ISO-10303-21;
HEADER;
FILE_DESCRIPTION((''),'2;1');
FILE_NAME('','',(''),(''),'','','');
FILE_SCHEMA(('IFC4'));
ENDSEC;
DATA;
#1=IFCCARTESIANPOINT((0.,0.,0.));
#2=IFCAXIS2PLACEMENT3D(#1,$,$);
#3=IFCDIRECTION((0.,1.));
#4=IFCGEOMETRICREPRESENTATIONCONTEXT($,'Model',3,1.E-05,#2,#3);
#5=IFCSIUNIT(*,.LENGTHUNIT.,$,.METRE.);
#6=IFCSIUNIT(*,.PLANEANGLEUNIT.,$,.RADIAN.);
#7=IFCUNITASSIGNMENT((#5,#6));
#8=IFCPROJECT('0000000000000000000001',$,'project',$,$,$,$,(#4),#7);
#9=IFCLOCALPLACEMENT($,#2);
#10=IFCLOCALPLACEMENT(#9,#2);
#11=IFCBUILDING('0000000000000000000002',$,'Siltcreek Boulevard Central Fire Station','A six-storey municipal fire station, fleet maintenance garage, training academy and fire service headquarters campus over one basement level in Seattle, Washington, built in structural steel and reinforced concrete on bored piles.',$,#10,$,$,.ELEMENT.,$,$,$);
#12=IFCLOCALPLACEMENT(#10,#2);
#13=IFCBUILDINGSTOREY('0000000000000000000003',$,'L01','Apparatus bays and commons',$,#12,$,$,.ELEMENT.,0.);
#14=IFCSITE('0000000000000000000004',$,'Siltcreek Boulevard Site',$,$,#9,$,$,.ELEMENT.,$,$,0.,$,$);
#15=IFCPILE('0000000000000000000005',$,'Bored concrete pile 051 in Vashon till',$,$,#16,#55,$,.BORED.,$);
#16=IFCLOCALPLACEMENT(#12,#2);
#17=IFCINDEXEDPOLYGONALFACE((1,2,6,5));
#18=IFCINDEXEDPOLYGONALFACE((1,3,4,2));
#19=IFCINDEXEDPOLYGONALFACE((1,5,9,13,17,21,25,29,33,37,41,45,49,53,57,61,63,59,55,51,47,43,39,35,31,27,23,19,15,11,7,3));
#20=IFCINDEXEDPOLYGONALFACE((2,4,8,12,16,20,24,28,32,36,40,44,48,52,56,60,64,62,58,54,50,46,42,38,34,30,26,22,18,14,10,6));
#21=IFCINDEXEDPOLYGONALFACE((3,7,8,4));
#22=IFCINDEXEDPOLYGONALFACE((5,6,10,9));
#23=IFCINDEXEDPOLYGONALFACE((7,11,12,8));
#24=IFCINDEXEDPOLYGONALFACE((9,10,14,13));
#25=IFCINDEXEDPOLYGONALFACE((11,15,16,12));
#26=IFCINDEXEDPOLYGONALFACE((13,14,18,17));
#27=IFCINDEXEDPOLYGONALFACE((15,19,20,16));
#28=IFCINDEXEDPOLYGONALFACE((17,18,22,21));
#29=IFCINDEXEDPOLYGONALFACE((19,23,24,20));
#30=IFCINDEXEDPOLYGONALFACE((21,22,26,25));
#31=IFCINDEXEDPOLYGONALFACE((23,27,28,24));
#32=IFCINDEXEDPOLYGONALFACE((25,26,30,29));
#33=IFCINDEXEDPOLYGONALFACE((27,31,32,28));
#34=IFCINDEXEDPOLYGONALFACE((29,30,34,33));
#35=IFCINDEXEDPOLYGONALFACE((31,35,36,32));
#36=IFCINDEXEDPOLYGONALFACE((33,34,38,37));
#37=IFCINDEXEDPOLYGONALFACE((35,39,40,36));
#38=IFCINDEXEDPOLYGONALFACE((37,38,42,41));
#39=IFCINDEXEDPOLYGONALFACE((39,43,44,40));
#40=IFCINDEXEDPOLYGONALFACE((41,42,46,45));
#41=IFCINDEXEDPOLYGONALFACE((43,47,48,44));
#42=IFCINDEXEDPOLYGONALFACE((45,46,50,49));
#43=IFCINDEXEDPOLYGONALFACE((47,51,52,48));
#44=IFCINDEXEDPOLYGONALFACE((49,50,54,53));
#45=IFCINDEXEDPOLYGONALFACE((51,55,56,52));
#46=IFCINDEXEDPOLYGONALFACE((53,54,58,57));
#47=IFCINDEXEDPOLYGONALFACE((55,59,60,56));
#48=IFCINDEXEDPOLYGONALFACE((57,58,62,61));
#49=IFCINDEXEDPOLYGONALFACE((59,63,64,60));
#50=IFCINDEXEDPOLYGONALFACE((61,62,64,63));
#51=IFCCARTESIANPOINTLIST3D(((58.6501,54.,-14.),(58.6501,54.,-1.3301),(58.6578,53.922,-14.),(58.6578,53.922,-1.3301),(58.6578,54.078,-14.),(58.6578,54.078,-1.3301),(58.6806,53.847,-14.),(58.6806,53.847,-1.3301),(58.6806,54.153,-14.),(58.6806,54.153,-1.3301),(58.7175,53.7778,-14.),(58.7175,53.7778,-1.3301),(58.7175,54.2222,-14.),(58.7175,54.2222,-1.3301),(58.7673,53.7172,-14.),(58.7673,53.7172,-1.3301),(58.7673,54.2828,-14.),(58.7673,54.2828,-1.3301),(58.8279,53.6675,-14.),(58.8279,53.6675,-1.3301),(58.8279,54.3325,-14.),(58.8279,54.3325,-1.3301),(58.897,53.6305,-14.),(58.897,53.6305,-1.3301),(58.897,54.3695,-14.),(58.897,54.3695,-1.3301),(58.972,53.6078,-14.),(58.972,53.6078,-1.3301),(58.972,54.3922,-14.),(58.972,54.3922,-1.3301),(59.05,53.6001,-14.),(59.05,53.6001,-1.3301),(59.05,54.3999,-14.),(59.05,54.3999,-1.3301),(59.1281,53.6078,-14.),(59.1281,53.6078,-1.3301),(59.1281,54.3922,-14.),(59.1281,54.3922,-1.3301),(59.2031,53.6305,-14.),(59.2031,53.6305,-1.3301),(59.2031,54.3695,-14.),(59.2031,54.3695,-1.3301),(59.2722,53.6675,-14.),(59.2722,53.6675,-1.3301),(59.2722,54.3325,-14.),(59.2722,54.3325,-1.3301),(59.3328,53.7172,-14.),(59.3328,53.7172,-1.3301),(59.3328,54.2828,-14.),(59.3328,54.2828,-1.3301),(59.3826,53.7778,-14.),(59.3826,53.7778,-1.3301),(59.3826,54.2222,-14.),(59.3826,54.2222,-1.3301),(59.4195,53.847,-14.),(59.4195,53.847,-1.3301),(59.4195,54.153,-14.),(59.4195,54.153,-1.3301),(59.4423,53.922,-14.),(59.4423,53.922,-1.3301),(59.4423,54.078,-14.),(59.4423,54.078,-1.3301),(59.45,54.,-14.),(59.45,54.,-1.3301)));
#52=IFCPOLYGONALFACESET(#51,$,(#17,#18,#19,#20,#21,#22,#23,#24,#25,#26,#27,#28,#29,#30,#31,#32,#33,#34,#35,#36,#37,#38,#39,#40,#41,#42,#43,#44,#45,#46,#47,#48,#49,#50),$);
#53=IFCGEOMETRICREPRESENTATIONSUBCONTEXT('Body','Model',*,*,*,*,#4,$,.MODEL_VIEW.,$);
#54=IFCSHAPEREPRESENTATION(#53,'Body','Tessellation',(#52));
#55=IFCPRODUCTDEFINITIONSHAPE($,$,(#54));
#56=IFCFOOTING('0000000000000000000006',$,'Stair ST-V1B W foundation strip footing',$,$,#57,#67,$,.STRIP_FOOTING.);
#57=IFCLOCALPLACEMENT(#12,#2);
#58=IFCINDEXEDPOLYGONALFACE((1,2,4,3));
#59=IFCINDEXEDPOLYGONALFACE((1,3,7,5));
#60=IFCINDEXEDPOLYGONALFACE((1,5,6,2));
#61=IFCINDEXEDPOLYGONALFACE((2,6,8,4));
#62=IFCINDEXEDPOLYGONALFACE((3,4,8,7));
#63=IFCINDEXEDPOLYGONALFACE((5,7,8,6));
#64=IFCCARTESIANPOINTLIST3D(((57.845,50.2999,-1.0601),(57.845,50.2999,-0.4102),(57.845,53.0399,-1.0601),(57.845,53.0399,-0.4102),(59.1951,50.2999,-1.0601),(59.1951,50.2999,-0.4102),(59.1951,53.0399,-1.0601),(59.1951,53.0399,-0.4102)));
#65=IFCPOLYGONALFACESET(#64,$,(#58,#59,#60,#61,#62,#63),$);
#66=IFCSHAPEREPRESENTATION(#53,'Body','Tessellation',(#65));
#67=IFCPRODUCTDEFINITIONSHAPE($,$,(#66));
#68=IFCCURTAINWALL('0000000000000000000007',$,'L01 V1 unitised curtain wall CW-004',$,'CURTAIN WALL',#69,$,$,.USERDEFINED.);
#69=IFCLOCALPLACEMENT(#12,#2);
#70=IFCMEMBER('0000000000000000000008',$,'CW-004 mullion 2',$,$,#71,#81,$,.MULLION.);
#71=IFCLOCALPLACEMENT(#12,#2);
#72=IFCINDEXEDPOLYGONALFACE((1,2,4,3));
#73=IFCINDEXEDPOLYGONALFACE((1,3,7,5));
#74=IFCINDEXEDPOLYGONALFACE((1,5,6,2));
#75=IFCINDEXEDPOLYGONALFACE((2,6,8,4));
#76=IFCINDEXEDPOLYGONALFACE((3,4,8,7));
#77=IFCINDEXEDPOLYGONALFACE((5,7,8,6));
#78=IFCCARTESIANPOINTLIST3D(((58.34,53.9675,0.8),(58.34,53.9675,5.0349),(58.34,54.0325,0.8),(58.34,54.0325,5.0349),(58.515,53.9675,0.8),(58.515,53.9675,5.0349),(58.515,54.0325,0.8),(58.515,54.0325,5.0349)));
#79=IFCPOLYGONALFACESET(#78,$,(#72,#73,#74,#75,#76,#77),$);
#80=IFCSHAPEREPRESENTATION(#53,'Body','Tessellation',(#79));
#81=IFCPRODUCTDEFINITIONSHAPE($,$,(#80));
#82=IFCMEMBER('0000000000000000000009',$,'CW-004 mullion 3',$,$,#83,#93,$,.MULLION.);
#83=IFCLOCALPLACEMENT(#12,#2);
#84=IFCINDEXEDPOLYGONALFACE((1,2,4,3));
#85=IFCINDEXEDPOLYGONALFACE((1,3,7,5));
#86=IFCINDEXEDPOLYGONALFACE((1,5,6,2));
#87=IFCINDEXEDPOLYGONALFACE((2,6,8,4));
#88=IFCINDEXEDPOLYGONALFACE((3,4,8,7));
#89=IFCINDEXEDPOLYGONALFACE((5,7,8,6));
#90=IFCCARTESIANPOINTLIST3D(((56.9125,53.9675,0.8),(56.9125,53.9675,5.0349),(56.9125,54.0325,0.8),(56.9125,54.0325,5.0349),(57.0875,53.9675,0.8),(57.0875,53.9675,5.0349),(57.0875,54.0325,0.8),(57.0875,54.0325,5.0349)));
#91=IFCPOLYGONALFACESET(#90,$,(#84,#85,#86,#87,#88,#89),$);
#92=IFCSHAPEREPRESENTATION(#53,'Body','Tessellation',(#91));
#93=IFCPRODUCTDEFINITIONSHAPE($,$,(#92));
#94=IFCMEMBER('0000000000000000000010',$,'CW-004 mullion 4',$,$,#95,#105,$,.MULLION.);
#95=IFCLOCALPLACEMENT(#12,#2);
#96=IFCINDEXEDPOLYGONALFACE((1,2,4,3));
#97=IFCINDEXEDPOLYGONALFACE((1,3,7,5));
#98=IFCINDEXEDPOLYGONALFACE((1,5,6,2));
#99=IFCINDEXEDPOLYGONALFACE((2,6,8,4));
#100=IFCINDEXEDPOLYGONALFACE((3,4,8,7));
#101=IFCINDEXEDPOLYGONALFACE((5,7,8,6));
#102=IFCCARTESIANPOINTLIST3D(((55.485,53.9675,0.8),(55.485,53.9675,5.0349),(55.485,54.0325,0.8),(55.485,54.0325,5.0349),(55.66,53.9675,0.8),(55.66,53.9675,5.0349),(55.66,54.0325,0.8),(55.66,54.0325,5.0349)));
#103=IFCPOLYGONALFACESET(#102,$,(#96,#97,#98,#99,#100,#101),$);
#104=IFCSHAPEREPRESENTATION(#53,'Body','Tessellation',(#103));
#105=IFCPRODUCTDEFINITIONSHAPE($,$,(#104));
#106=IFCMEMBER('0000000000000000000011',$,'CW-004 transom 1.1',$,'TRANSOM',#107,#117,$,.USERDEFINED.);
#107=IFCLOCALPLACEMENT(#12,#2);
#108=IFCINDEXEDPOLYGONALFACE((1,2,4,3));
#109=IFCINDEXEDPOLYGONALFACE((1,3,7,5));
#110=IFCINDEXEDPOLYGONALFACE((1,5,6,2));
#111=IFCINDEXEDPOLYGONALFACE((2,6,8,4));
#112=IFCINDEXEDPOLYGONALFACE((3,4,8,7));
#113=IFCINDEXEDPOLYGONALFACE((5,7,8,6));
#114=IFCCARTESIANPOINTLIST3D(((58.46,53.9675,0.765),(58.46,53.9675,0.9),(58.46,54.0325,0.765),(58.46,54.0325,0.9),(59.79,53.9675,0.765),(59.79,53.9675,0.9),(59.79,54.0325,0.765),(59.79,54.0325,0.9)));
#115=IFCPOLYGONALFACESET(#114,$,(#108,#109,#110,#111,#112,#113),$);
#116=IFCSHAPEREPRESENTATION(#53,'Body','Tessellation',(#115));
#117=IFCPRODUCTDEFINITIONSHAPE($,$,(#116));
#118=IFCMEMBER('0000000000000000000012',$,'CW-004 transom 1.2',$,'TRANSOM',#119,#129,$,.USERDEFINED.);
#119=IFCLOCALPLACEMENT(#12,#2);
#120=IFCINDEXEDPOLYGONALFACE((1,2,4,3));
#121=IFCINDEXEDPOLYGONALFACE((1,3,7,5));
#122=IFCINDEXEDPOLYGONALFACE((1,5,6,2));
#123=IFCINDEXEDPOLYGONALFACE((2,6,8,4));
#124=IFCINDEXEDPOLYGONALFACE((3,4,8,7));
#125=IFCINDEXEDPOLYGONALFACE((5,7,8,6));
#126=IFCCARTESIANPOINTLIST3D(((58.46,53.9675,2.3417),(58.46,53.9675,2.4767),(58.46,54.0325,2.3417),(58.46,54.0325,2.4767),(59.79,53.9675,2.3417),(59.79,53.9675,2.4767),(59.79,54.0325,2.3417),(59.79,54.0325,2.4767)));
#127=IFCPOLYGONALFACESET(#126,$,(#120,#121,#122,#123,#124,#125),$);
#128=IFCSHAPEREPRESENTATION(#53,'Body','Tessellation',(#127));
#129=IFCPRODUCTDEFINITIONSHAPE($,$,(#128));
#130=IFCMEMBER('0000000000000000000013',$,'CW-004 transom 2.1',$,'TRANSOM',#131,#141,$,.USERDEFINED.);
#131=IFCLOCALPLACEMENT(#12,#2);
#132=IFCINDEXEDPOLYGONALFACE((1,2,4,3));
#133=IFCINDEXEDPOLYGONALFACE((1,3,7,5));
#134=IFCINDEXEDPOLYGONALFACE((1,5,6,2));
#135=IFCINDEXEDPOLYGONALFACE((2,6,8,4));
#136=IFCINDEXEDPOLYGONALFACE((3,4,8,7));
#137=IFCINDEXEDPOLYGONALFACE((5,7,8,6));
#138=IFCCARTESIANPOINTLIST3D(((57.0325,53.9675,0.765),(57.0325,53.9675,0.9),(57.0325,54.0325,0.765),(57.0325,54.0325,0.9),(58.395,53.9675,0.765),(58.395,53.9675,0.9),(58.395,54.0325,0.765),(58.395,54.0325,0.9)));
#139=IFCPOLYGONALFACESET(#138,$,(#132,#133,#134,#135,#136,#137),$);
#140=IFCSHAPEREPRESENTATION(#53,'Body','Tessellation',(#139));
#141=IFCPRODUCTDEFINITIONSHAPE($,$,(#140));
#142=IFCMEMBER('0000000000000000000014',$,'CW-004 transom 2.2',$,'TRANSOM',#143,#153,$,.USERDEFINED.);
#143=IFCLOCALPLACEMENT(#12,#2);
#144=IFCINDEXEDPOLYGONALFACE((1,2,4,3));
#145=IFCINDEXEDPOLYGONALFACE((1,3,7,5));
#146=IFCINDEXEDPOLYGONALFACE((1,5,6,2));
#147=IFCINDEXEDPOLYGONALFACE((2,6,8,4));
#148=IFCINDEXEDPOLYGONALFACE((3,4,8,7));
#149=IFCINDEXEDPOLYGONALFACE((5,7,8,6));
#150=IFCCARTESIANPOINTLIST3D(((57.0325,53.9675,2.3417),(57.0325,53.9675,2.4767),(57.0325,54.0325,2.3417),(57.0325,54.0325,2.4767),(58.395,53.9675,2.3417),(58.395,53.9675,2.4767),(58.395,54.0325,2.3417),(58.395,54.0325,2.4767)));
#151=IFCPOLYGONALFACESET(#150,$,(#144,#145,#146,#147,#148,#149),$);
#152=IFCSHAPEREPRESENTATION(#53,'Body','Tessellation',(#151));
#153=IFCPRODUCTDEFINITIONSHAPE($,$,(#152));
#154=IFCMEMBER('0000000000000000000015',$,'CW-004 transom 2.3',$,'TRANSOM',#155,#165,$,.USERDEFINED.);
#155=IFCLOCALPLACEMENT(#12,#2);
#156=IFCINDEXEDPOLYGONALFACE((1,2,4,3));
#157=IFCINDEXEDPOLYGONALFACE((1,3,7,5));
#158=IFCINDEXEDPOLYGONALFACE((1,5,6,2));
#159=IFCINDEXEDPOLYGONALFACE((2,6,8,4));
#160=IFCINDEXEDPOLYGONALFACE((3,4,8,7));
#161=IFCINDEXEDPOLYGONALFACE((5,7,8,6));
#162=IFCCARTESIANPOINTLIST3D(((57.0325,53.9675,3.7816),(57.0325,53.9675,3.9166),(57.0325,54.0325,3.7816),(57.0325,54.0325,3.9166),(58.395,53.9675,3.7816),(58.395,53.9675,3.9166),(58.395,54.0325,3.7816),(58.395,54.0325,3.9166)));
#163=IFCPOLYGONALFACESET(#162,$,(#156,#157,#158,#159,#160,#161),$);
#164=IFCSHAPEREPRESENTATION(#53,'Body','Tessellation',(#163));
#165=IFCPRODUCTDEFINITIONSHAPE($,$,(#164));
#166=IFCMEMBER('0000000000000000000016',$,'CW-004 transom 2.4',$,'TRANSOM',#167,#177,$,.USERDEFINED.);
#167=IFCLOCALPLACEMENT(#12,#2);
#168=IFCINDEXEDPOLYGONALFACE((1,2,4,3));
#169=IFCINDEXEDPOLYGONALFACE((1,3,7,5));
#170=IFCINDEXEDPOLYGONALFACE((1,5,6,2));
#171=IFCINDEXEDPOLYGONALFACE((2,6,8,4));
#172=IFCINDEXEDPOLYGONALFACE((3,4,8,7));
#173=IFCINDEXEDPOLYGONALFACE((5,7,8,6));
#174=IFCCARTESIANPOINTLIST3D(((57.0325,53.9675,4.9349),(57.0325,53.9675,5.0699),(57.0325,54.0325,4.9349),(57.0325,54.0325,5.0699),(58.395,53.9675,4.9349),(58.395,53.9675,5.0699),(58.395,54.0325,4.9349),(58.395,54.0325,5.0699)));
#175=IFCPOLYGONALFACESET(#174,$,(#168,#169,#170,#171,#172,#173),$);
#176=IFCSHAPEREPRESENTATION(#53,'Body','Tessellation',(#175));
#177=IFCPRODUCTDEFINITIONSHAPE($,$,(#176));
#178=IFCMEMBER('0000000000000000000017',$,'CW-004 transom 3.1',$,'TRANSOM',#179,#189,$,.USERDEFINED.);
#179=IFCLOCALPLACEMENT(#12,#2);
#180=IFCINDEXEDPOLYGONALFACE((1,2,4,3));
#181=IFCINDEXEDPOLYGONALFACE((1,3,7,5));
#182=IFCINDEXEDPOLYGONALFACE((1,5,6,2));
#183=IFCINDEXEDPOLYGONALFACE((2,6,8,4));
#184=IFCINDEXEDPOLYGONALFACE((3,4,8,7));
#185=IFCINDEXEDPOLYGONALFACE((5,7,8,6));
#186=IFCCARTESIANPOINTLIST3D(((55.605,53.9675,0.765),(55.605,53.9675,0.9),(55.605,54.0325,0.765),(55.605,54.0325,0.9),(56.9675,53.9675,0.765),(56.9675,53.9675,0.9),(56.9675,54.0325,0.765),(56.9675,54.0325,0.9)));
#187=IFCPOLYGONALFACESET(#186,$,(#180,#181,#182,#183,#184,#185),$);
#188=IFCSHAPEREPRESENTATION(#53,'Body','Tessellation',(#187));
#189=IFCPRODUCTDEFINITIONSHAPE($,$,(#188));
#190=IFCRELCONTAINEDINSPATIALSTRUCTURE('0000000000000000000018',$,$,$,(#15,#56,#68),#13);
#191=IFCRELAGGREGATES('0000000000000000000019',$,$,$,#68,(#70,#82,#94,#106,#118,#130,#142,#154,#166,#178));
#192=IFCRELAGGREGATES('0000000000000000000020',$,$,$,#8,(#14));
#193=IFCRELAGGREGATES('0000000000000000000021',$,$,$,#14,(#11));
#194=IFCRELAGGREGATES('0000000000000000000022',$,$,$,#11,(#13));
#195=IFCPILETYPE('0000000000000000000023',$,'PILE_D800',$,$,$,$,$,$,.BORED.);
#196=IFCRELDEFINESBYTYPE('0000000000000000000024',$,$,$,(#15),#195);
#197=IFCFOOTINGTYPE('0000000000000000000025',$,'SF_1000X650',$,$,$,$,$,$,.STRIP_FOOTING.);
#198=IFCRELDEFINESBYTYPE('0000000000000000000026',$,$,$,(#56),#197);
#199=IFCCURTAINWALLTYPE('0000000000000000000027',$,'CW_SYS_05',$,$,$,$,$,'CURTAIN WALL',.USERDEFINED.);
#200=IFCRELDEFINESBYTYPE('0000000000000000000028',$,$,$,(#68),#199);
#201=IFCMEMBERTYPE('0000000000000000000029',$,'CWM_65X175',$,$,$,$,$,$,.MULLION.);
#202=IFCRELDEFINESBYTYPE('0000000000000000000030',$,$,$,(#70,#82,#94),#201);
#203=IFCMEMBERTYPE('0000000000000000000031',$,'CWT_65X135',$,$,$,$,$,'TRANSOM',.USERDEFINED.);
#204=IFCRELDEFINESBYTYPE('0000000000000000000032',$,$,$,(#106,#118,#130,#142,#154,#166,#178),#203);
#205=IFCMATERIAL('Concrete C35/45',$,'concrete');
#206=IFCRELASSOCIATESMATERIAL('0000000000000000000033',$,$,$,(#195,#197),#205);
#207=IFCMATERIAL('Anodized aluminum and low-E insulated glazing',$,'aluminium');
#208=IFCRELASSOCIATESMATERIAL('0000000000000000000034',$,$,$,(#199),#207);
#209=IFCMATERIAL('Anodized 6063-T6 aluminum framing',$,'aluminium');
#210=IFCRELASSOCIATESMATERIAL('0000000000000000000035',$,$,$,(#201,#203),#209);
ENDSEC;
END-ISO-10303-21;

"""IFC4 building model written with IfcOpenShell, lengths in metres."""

from ifc_helpers import new_model, si_unit, direction, frame, origin, origin_2d, place, context, subcontext, project, spatial, rectangle, circle, extrude, material, material_profile, profile_set, type_object, element, aggregate, save


model = new_model("IFC4")

# Units and contexts
model_context = context("Model", 3, precision=1e-05, world=origin(), true_north=direction((0.0, 1.0)))
body_context = subcontext(model_context, "Body", "Model", "MODEL_VIEW")
ifc_project = project(units=[si_unit("LENGTHUNIT", "METRE"), si_unit("PLANEANGLEUNIT", "RADIAN")], contexts=[model_context])

# Site, building, storey
site_placement = place(None, origin())
site = spatial("IfcSite", under=ifc_project, at=site_placement, Name="Siltcreek Boulevard Site", CompositionType="ELEMENT", RefElevation=0.0)
building_placement = place(site_placement, origin())
building = spatial("IfcBuilding", under=site, at=building_placement, Name="Siltcreek Boulevard Central Fire Station", Description="A six-storey municipal fire station, fleet maintenance garage, training academy and fire service headquarters campus over one basement level in Seattle, Washington, built in structural steel and reinforced concrete on bored piles.", CompositionType="ELEMENT")
storey_placement = place(building_placement, origin())
storey = spatial("IfcBuildingStorey", under=building, at=storey_placement, Name="L01", Description="Apparatus bays and commons", CompositionType="ELEMENT", Elevation=0.0)

# Pile
ifc_material_1 = material(Name="Concrete C35/45", Category="concrete")
ifc_material_profile_1 = material_profile(ifc_material_1, circle(Radius=0.3999, at=origin_2d()), Name="SHAFT800")
ifc_profile_set_1 = profile_set([ifc_material_profile_1], Name="Concrete C35/45")
pile_type = type_object("IfcPileType", Name="PILE_D800", PredefinedType="BORED", material=ifc_profile_set_1)
pile_placement = place(storey_placement, frame((59.05, 54.0, -1.3301), z_axis=(0.0, 0.0, -1.0), x_axis=(1.0, 0.0, 0.0)))
element("IfcPile", 1, at=pile_placement, inside=storey, type_object=pile_type, Name="Bored concrete pile 051 in Vashon till", PredefinedType="BORED", context=body_context, shape_type="SweptSolid", body=[
    extrude(circle(Radius=0.3999, at=origin_2d()), origin(), (0.0, 0.0, 1.0), 12.6699),
])

# Footing
footing_type = type_object("IfcFootingType", Name="SF_1000X650", PredefinedType="STRIP_FOOTING", material=ifc_material_1)
footing_placement = place(storey_placement, frame((58.52, 51.6699, -1.0601), z_axis=(0.0, 0.0, 1.0), x_axis=(1.0, 0.0, 0.0)))
element("IfcFooting", 2, at=footing_placement, inside=storey, type_object=footing_type, Name="Stair ST-V1B W foundation strip footing", PredefinedType="STRIP_FOOTING", context=body_context, shape_type="SweptSolid", body=[
    extrude(rectangle(XDim=1.3501, YDim=2.74, at=origin_2d()), origin(), (0.0, 0.0, 1.0), 0.6499),
])

# Curtain wall, members
ifc_material_2 = material(Name="Anodized aluminum and low-E insulated glazing", Category="aluminium")
curtain_wall_type = type_object("IfcCurtainWallType", Name="CW_SYS_05", ElementType="CURTAIN WALL", PredefinedType="USERDEFINED", material=ifc_material_2)
curtain_wall_placement = place(storey_placement, origin())
curtain_wall = element("IfcCurtainWall", 3, at=curtain_wall_placement, inside=storey, type_object=curtain_wall_type, Name="L01 V1 unitised curtain wall CW-004", ObjectType="CURTAIN WALL", PredefinedType="USERDEFINED")
ifc_material_3 = material(Name="Anodized 6063-T6 aluminum framing", Category="aluminium")
ifc_material_profile_2 = material_profile(ifc_material_3, rectangle(XDim=0.0649, YDim=0.175, at=origin_2d()), Name="MULL65X175")
ifc_profile_set_2 = profile_set([ifc_material_profile_2], Name="Anodized 6063-T6 aluminum framing")
member_type_1 = type_object("IfcMemberType", Name="CWM_65X175", PredefinedType="MULLION", material=ifc_profile_set_2)
member_1_placement = place(storey_placement, frame((58.4275, 54.0, 0.8), z_axis=(0.0, 0.0, 1.0), x_axis=(0.0, -1.0, 0.0)))
member_1 = element("IfcMember", 4, at=member_1_placement, type_object=member_type_1, Name="CW-004 mullion 2", PredefinedType="MULLION", context=body_context, shape_type="SweptSolid", body=[
    extrude(rectangle(XDim=0.0649, YDim=0.175, at=origin_2d()), origin(), (0.0, 0.0, 1.0), 4.2349),
])
member_2_placement = place(storey_placement, frame((57.0, 54.0, 0.8), z_axis=(0.0, 0.0, 1.0), x_axis=(0.0, -1.0, 0.0)))
member_2 = element("IfcMember", 5, at=member_2_placement, type_object=member_type_1, Name="CW-004 mullion 3", PredefinedType="MULLION", context=body_context, shape_type="SweptSolid", body=[
    extrude(rectangle(XDim=0.0649, YDim=0.175, at=origin_2d()), origin(), (0.0, 0.0, 1.0), 4.2349),
])
member_3_placement = place(storey_placement, frame((55.5725, 54.0, 0.8), z_axis=(0.0, 0.0, 1.0), x_axis=(0.0, -1.0, 0.0)))
member_3 = element("IfcMember", 6, at=member_3_placement, type_object=member_type_1, Name="CW-004 mullion 4", PredefinedType="MULLION", context=body_context, shape_type="SweptSolid", body=[
    extrude(rectangle(XDim=0.0649, YDim=0.175, at=origin_2d()), origin(), (0.0, 0.0, 1.0), 4.2349),
])
ifc_material_profile_3 = material_profile(ifc_material_3, rectangle(XDim=0.0649, YDim=0.135, at=origin_2d()), Name="TRAN65X135")
ifc_profile_set_3 = profile_set([ifc_material_profile_3], Name="Anodized 6063-T6 aluminum framing")
member_type_2 = type_object("IfcMemberType", Name="CWT_65X135", ElementType="TRANSOM", PredefinedType="USERDEFINED", material=ifc_profile_set_3)
member_4_placement = place(storey_placement, frame((59.79, 54.0, 0.8325), z_axis=(-1.0, 0.0, 0.0), x_axis=(0.0, -1.0, 0.0)))
member_4 = element("IfcMember", 7, at=member_4_placement, type_object=member_type_2, Name="CW-004 transom 1.1", ObjectType="TRANSOM", PredefinedType="USERDEFINED", context=body_context, shape_type="SweptSolid", body=[
    extrude(rectangle(XDim=0.0649, YDim=0.135, at=origin_2d()), origin(), (0.0, 0.0, 1.0), 1.3301),
])
member_5_placement = place(storey_placement, frame((59.79, 54.0, 2.4092), z_axis=(-1.0, 0.0, 0.0), x_axis=(0.0, -1.0, 0.0)))
member_5 = element("IfcMember", 8, at=member_5_placement, type_object=member_type_2, Name="CW-004 transom 1.2", ObjectType="TRANSOM", PredefinedType="USERDEFINED", context=body_context, shape_type="SweptSolid", body=[
    extrude(rectangle(XDim=0.0649, YDim=0.135, at=origin_2d()), origin(), (0.0, 0.0, 1.0), 1.3301),
])
member_6_placement = place(storey_placement, frame((58.395, 54.0, 0.8325), z_axis=(-1.0, 0.0, 0.0), x_axis=(0.0, -1.0, 0.0)))
member_6 = element("IfcMember", 9, at=member_6_placement, type_object=member_type_2, Name="CW-004 transom 2.1", ObjectType="TRANSOM", PredefinedType="USERDEFINED", context=body_context, shape_type="SweptSolid", body=[
    extrude(rectangle(XDim=0.0649, YDim=0.135, at=origin_2d()), origin(), (0.0, 0.0, 1.0), 1.3625),
])
member_7_placement = place(storey_placement, frame((58.395, 54.0, 2.4092), z_axis=(-1.0, 0.0, 0.0), x_axis=(0.0, -1.0, 0.0)))
member_7 = element("IfcMember", 10, at=member_7_placement, type_object=member_type_2, Name="CW-004 transom 2.2", ObjectType="TRANSOM", PredefinedType="USERDEFINED", context=body_context, shape_type="SweptSolid", body=[
    extrude(rectangle(XDim=0.0649, YDim=0.135, at=origin_2d()), origin(), (0.0, 0.0, 1.0), 1.3625),
])
member_8_placement = place(storey_placement, frame((58.395, 54.0, 3.8491), z_axis=(-1.0, 0.0, 0.0), x_axis=(0.0, -1.0, 0.0)))
member_8 = element("IfcMember", 11, at=member_8_placement, type_object=member_type_2, Name="CW-004 transom 2.3", ObjectType="TRANSOM", PredefinedType="USERDEFINED", context=body_context, shape_type="SweptSolid", body=[
    extrude(rectangle(XDim=0.0649, YDim=0.135, at=origin_2d()), origin(), (0.0, 0.0, 1.0), 1.3625),
])
member_9_placement = place(storey_placement, frame((58.395, 54.0, 5.0024), z_axis=(-1.0, 0.0, 0.0), x_axis=(0.0, -1.0, 0.0)))
member_9 = element("IfcMember", 12, at=member_9_placement, type_object=member_type_2, Name="CW-004 transom 2.4", ObjectType="TRANSOM", PredefinedType="USERDEFINED", context=body_context, shape_type="SweptSolid", body=[
    extrude(rectangle(XDim=0.0649, YDim=0.135, at=origin_2d()), origin(), (0.0, 0.0, 1.0), 1.3625),
])
member_10_placement = place(storey_placement, frame((56.9675, 54.0, 0.8325), z_axis=(-1.0, 0.0, 0.0), x_axis=(0.0, -1.0, 0.0)))
member_10 = element("IfcMember", 13, at=member_10_placement, type_object=member_type_2, Name="CW-004 transom 3.1", ObjectType="TRANSOM", PredefinedType="USERDEFINED", context=body_context, shape_type="SweptSolid", body=[
    extrude(rectangle(XDim=0.0649, YDim=0.135, at=origin_2d()), origin(), (0.0, 0.0, 1.0), 1.3625),
])
aggregate(curtain_wall, [member_1, member_2, member_3, member_4, member_5, member_6, member_7, member_8, member_9, member_10])

save(model, "model.ifc")
